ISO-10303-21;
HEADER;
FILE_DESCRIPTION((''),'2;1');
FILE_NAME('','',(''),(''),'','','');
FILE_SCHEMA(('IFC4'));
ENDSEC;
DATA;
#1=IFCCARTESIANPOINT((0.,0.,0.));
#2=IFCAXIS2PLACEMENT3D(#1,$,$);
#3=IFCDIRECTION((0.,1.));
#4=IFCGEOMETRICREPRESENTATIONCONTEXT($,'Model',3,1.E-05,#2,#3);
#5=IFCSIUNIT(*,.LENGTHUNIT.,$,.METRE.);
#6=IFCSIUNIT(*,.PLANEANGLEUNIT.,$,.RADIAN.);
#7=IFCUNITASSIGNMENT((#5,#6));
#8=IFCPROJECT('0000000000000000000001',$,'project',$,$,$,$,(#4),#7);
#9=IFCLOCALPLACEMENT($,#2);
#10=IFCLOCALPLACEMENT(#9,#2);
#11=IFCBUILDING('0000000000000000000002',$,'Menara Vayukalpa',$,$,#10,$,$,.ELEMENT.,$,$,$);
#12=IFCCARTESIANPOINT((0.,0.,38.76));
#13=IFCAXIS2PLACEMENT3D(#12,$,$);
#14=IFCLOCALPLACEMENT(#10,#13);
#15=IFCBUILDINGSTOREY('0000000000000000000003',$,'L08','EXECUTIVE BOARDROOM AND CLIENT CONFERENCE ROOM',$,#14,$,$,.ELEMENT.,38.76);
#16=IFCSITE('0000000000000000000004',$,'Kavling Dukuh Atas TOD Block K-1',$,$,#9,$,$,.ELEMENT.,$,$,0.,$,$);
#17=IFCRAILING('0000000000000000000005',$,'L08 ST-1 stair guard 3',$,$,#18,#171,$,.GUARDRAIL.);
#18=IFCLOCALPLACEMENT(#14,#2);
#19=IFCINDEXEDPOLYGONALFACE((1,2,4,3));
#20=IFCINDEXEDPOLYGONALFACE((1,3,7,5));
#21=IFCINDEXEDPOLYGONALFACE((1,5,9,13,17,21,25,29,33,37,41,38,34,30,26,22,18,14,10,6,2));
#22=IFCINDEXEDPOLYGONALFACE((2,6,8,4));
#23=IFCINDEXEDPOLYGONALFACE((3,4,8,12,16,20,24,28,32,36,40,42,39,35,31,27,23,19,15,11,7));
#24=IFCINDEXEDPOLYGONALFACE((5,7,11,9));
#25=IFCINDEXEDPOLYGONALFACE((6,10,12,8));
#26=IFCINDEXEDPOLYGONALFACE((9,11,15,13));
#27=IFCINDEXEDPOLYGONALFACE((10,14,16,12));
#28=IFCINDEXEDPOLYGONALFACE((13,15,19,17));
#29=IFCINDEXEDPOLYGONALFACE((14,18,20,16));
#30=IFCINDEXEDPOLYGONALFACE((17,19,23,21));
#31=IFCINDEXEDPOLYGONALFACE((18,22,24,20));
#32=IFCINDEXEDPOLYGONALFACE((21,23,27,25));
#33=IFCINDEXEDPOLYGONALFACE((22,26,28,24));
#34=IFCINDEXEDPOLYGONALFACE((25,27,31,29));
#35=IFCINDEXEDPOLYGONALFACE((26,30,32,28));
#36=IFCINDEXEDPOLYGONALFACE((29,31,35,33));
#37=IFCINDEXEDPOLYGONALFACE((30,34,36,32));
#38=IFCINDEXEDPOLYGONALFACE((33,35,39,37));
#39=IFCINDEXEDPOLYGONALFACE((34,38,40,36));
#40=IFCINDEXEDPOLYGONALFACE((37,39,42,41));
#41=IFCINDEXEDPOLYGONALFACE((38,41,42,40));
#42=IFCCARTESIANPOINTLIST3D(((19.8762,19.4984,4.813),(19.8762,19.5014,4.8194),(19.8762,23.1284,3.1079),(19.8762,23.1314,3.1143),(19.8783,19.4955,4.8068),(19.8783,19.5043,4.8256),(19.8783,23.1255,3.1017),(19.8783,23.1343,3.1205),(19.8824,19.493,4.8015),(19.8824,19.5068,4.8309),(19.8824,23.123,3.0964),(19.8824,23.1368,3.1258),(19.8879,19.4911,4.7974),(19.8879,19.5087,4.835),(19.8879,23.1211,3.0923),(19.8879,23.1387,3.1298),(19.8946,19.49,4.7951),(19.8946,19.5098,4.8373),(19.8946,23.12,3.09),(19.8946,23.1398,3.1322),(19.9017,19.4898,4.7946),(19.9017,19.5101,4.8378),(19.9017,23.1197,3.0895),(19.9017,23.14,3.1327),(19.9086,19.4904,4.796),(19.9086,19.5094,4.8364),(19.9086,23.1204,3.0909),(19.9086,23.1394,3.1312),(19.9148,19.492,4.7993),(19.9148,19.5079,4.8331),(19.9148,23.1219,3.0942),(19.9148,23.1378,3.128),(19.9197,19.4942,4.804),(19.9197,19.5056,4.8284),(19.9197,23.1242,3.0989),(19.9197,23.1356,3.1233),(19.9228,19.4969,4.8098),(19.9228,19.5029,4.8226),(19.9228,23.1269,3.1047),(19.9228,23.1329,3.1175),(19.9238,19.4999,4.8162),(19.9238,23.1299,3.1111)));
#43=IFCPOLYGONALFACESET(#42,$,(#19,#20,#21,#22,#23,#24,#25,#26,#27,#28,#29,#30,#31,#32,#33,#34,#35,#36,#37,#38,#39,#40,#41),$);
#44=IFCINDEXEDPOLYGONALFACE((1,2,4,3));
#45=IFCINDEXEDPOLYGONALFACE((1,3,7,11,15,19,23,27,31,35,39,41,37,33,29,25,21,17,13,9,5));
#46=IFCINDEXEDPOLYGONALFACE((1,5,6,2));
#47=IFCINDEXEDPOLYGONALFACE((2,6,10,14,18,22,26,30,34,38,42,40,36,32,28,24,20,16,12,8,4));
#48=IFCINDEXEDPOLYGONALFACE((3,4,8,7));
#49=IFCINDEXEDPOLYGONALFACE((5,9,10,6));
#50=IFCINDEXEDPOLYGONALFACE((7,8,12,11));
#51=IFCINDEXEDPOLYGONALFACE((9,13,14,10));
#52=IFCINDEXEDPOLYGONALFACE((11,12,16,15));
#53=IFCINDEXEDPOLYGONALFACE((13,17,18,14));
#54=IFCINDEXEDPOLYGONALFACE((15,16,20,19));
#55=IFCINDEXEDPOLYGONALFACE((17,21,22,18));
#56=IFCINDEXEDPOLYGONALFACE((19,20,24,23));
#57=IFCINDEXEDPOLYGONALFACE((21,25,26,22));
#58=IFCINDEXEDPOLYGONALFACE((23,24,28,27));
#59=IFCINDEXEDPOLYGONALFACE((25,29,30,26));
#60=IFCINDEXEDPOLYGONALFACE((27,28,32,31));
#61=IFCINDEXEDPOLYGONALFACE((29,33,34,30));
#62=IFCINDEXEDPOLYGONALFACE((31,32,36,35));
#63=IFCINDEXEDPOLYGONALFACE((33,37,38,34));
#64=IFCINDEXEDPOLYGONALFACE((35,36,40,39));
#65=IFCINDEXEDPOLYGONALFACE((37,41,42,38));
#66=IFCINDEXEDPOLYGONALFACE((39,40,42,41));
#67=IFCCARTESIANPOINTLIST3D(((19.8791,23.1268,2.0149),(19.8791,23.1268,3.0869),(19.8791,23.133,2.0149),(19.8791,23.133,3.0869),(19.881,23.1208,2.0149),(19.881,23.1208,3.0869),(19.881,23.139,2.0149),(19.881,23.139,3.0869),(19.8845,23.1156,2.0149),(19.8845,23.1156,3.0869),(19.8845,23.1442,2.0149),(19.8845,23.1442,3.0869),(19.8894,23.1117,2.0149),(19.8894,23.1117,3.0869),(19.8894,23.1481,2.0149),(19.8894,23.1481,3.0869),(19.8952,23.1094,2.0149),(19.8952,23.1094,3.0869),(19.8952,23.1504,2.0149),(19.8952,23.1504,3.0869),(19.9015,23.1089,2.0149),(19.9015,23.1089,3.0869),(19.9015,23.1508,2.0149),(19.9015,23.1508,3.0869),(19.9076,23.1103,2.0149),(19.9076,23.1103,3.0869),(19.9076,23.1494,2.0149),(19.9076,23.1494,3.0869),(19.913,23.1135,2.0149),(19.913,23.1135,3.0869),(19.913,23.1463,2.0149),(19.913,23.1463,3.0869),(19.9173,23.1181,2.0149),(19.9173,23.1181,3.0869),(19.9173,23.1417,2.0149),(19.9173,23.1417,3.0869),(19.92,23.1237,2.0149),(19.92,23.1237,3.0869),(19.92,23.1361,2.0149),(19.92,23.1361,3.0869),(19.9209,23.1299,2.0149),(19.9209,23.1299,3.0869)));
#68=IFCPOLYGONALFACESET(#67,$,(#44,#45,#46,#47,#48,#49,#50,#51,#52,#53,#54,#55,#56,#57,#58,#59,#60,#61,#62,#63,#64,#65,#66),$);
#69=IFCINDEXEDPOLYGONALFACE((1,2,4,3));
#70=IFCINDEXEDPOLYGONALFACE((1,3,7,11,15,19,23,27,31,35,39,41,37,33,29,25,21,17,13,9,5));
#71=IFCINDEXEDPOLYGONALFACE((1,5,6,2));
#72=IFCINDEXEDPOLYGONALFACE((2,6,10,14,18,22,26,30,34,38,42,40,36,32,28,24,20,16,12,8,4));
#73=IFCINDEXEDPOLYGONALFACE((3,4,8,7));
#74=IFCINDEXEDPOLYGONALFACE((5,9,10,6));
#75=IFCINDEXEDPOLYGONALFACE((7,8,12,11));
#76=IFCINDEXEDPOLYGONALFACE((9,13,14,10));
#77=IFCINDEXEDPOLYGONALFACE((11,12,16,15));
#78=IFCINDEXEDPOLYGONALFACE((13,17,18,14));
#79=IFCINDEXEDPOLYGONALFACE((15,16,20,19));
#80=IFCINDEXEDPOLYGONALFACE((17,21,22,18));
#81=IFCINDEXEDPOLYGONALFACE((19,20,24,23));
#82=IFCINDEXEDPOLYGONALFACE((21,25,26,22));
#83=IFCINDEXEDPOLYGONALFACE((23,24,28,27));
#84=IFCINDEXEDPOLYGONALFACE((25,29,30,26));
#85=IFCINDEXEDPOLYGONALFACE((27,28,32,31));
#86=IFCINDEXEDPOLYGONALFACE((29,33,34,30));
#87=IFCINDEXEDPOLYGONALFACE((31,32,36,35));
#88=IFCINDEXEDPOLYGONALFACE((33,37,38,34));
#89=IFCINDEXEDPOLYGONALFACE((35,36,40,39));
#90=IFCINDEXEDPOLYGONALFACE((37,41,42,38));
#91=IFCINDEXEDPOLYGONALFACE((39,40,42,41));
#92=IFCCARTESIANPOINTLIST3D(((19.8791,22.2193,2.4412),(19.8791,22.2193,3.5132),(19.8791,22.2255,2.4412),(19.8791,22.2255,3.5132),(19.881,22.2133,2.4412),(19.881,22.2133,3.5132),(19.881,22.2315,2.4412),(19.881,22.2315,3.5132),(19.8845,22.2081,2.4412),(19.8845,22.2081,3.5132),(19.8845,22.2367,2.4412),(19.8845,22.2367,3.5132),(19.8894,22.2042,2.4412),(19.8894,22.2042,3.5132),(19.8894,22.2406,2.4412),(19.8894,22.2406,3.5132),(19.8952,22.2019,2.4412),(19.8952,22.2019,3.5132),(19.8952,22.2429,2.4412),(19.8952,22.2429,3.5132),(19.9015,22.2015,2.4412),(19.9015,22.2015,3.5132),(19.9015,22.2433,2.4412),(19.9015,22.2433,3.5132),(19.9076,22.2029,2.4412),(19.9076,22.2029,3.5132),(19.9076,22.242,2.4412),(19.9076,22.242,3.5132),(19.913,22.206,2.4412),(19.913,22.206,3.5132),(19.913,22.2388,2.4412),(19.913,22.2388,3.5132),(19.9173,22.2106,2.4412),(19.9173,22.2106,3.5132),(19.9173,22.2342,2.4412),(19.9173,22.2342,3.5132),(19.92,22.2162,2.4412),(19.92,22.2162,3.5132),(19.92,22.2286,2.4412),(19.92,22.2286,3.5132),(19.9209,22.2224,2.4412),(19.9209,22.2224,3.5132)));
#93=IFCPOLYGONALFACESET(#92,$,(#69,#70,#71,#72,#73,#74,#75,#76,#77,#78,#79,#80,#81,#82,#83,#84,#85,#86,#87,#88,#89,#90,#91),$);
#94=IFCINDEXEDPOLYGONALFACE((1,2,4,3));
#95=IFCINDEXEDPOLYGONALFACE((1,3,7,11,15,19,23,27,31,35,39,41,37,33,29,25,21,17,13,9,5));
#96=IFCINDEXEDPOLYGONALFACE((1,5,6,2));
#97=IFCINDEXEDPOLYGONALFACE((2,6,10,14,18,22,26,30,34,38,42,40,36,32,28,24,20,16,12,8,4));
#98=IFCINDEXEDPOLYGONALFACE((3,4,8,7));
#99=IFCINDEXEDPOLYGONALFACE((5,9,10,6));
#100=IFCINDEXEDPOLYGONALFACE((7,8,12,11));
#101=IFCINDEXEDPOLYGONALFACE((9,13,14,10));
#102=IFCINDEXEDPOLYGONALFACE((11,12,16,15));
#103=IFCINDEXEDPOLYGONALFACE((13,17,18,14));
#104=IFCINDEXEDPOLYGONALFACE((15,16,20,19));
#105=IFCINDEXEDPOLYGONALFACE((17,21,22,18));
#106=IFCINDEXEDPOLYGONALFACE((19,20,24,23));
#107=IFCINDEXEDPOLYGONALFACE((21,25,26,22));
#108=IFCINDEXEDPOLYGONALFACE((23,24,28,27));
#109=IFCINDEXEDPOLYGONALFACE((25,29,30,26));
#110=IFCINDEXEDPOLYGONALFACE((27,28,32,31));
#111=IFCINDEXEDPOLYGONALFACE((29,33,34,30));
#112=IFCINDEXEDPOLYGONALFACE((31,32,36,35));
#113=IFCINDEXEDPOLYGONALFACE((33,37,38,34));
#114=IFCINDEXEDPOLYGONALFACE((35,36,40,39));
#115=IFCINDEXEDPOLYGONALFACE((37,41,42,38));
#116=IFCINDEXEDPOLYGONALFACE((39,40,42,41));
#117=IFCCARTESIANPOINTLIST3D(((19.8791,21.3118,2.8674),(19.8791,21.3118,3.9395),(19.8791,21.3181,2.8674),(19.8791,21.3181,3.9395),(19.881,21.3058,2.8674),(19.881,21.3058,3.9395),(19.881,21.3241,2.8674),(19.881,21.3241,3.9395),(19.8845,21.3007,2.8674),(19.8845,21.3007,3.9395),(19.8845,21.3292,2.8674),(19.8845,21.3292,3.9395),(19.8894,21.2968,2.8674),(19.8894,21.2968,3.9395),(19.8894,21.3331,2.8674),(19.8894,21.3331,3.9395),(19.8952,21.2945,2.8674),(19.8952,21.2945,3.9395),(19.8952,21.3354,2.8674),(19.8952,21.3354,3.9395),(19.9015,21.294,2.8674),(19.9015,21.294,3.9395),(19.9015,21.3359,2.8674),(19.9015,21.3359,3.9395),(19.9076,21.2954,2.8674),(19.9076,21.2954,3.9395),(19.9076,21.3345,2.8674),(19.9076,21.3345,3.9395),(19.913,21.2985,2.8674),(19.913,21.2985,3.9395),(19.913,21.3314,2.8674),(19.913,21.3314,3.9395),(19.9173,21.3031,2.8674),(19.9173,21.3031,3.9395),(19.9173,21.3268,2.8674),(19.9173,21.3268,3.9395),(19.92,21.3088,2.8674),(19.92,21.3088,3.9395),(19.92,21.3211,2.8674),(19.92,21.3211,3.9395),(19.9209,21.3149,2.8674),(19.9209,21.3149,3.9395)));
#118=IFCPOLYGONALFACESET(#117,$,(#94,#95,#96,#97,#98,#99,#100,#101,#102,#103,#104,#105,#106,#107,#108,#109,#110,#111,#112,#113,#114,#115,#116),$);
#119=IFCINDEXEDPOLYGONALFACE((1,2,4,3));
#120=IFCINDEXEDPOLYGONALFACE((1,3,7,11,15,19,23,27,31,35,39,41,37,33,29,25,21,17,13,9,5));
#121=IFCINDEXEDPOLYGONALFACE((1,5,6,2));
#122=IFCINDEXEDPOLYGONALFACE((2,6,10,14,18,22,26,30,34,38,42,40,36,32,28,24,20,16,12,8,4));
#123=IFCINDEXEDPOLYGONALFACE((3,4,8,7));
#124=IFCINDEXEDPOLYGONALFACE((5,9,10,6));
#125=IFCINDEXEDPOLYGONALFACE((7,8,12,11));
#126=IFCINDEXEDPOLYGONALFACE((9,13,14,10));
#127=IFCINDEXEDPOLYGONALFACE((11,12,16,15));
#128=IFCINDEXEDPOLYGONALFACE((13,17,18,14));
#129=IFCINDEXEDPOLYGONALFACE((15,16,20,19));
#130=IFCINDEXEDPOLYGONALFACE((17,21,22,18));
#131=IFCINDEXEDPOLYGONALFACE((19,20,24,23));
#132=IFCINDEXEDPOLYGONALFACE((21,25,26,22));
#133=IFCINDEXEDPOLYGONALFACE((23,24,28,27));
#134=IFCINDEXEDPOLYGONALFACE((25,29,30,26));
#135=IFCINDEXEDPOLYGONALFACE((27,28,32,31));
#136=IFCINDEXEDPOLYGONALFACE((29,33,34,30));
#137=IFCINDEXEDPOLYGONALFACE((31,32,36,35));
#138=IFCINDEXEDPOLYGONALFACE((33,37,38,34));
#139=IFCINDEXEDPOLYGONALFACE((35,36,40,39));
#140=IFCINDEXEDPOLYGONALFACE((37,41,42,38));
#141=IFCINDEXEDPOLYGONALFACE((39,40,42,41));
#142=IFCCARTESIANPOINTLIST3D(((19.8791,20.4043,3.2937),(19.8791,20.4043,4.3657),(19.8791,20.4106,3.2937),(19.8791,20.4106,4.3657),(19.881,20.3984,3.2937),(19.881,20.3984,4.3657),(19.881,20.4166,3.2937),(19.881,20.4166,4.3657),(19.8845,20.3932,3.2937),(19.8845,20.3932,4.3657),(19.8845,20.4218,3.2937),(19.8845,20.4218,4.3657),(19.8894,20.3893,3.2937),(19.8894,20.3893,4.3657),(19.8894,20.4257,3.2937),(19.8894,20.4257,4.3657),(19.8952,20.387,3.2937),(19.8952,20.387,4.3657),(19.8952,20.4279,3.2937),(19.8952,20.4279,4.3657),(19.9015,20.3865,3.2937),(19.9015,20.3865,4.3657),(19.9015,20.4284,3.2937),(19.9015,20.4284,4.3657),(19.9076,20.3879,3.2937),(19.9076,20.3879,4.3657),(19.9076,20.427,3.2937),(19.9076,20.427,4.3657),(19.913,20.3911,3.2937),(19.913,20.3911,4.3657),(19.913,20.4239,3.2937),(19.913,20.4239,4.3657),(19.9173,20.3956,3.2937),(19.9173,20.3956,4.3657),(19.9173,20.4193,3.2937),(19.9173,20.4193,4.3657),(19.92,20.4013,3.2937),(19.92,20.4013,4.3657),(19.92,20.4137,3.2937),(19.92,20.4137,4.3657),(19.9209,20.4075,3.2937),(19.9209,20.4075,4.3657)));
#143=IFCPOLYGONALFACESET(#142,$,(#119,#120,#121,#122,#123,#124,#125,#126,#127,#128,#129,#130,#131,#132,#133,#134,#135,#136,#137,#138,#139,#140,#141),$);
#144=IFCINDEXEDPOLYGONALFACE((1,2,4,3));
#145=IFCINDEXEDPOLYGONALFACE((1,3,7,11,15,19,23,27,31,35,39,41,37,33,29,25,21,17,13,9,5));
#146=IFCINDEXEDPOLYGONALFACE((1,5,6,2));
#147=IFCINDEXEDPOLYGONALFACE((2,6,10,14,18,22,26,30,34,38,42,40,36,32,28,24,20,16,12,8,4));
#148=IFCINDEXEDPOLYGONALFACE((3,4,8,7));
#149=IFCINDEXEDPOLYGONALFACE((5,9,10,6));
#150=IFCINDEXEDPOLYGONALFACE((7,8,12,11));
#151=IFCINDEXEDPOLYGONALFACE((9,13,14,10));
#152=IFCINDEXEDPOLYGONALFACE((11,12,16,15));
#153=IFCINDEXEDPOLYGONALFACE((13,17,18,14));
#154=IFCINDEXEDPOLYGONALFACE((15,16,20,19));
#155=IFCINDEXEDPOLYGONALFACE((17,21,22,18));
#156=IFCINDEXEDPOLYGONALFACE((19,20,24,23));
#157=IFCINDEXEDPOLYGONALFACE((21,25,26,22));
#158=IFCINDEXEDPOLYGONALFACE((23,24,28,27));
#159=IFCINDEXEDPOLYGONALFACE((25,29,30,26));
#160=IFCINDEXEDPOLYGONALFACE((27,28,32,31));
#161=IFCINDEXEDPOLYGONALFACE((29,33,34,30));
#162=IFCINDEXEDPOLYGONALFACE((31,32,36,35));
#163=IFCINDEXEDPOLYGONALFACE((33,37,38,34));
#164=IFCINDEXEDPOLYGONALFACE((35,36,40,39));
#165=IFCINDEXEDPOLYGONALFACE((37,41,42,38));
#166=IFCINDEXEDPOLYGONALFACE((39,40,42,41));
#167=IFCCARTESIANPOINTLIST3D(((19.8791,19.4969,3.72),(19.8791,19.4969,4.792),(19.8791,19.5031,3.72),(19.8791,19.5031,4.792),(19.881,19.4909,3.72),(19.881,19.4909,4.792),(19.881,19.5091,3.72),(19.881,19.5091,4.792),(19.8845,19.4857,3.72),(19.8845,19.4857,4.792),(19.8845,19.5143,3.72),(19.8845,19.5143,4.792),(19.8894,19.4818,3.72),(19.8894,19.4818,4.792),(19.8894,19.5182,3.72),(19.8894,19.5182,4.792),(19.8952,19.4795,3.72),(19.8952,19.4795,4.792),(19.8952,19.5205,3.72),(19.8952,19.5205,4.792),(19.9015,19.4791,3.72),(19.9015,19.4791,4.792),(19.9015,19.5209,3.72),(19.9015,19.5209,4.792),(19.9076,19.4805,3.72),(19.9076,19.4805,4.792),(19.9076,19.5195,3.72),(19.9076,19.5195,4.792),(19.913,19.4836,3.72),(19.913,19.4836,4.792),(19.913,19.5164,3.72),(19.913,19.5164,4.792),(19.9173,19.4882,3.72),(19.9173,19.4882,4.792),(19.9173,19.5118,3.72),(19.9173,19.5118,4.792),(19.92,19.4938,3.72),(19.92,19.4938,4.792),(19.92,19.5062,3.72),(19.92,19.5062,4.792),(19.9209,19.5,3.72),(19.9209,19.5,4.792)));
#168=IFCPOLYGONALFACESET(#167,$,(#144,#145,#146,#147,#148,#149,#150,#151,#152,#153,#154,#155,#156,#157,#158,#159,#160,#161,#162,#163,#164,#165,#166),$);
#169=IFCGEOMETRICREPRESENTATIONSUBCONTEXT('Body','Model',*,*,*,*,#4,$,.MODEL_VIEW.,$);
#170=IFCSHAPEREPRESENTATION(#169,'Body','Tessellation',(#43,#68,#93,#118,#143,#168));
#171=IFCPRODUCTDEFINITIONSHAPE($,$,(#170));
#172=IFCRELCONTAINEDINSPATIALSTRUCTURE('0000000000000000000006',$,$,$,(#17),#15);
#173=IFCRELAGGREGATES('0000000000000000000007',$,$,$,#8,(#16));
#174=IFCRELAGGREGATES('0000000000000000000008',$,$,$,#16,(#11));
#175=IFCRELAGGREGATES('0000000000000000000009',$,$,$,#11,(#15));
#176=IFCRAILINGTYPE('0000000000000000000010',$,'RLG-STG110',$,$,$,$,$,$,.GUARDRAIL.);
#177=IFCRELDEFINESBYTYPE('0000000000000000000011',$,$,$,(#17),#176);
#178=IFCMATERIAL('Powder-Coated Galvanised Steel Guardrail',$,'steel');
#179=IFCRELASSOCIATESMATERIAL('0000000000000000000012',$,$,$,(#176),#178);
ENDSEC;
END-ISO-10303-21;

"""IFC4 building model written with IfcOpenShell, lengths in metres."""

from ifc_helpers import new_model, si_unit, direction, frame, origin, origin_2d, place, context, subcontext, project, spatial, circle, extrude, material, type_object, element, save


model = new_model("IFC4")

# Units and contexts
model_context = context("Model", 3, precision=1e-05, world=origin(), true_north=direction((0.0, 1.0)))
body_context = subcontext(model_context, "Body", "Model", "MODEL_VIEW")
ifc_project = project(units=[si_unit("LENGTHUNIT", "METRE"), si_unit("PLANEANGLEUNIT", "RADIAN")], contexts=[model_context])

# Site, building, storey
site_placement = place(None, origin())
site = spatial("IfcSite", under=ifc_project, at=site_placement, Name="Kavling Dukuh Atas TOD Block K-1", CompositionType="ELEMENT", RefElevation=0.0)
building_placement = place(site_placement, origin())
building = spatial("IfcBuilding", under=site, at=building_placement, Name="Menara Vayukalpa", CompositionType="ELEMENT")
storey_placement = place(building_placement, frame((0.0, 0.0, 38.76)))
storey = spatial("IfcBuildingStorey", under=building, at=storey_placement, Name="L08", Description="EXECUTIVE BOARDROOM AND CLIENT CONFERENCE ROOM", CompositionType="ELEMENT", Elevation=38.76)

# Railing
ifc_material_1 = material(Name="Powder-Coated Galvanised Steel Guardrail", Category="steel")
railing_type_1 = type_object("IfcRailingType", Name="RLG-STG110", PredefinedType="GUARDRAIL", material=ifc_material_1)
railing_1_placement = place(storey_placement, frame((19.8999, 23.1299, 2.0149)))
element("IfcRailing", 1, at=railing_1_placement, inside=storey, type_object=railing_type_1, Name="L08 ST-1 stair guard 3", PredefinedType="GUARDRAIL", context=body_context, shape_type="SweptSolid", body=[
    extrude(circle(Radius=0.0239, at=origin_2d()), frame((0.0, 0.0, 1.0962), z_axis=(0.0, -0.905116, 0.425164), x_axis=(1.0, 0.0, 0.0)), (0.0, 0.0, 1.0), 4.0105),
    extrude(circle(Radius=0.021, at=origin_2d()), origin(), (0.0, 0.0, 1.0), 1.072),
    extrude(circle(Radius=0.021, at=origin_2d()), frame((0.0, -0.9075, 0.4263)), (0.0, 0.0, 1.0), 1.072),
    extrude(circle(Radius=0.021, at=origin_2d()), frame((0.0, -1.8149, 0.8525)), (0.0, 0.0, 1.0), 1.072),
    extrude(circle(Radius=0.021, at=origin_2d()), frame((0.0, -2.7224, 1.2788)), (0.0, 0.0, 1.0), 1.072),
    extrude(circle(Radius=0.021, at=origin_2d()), frame((0.0, -3.6299, 1.7051)), (0.0, 0.0, 1.0), 1.072),
])

save(model, "model.ifc")
